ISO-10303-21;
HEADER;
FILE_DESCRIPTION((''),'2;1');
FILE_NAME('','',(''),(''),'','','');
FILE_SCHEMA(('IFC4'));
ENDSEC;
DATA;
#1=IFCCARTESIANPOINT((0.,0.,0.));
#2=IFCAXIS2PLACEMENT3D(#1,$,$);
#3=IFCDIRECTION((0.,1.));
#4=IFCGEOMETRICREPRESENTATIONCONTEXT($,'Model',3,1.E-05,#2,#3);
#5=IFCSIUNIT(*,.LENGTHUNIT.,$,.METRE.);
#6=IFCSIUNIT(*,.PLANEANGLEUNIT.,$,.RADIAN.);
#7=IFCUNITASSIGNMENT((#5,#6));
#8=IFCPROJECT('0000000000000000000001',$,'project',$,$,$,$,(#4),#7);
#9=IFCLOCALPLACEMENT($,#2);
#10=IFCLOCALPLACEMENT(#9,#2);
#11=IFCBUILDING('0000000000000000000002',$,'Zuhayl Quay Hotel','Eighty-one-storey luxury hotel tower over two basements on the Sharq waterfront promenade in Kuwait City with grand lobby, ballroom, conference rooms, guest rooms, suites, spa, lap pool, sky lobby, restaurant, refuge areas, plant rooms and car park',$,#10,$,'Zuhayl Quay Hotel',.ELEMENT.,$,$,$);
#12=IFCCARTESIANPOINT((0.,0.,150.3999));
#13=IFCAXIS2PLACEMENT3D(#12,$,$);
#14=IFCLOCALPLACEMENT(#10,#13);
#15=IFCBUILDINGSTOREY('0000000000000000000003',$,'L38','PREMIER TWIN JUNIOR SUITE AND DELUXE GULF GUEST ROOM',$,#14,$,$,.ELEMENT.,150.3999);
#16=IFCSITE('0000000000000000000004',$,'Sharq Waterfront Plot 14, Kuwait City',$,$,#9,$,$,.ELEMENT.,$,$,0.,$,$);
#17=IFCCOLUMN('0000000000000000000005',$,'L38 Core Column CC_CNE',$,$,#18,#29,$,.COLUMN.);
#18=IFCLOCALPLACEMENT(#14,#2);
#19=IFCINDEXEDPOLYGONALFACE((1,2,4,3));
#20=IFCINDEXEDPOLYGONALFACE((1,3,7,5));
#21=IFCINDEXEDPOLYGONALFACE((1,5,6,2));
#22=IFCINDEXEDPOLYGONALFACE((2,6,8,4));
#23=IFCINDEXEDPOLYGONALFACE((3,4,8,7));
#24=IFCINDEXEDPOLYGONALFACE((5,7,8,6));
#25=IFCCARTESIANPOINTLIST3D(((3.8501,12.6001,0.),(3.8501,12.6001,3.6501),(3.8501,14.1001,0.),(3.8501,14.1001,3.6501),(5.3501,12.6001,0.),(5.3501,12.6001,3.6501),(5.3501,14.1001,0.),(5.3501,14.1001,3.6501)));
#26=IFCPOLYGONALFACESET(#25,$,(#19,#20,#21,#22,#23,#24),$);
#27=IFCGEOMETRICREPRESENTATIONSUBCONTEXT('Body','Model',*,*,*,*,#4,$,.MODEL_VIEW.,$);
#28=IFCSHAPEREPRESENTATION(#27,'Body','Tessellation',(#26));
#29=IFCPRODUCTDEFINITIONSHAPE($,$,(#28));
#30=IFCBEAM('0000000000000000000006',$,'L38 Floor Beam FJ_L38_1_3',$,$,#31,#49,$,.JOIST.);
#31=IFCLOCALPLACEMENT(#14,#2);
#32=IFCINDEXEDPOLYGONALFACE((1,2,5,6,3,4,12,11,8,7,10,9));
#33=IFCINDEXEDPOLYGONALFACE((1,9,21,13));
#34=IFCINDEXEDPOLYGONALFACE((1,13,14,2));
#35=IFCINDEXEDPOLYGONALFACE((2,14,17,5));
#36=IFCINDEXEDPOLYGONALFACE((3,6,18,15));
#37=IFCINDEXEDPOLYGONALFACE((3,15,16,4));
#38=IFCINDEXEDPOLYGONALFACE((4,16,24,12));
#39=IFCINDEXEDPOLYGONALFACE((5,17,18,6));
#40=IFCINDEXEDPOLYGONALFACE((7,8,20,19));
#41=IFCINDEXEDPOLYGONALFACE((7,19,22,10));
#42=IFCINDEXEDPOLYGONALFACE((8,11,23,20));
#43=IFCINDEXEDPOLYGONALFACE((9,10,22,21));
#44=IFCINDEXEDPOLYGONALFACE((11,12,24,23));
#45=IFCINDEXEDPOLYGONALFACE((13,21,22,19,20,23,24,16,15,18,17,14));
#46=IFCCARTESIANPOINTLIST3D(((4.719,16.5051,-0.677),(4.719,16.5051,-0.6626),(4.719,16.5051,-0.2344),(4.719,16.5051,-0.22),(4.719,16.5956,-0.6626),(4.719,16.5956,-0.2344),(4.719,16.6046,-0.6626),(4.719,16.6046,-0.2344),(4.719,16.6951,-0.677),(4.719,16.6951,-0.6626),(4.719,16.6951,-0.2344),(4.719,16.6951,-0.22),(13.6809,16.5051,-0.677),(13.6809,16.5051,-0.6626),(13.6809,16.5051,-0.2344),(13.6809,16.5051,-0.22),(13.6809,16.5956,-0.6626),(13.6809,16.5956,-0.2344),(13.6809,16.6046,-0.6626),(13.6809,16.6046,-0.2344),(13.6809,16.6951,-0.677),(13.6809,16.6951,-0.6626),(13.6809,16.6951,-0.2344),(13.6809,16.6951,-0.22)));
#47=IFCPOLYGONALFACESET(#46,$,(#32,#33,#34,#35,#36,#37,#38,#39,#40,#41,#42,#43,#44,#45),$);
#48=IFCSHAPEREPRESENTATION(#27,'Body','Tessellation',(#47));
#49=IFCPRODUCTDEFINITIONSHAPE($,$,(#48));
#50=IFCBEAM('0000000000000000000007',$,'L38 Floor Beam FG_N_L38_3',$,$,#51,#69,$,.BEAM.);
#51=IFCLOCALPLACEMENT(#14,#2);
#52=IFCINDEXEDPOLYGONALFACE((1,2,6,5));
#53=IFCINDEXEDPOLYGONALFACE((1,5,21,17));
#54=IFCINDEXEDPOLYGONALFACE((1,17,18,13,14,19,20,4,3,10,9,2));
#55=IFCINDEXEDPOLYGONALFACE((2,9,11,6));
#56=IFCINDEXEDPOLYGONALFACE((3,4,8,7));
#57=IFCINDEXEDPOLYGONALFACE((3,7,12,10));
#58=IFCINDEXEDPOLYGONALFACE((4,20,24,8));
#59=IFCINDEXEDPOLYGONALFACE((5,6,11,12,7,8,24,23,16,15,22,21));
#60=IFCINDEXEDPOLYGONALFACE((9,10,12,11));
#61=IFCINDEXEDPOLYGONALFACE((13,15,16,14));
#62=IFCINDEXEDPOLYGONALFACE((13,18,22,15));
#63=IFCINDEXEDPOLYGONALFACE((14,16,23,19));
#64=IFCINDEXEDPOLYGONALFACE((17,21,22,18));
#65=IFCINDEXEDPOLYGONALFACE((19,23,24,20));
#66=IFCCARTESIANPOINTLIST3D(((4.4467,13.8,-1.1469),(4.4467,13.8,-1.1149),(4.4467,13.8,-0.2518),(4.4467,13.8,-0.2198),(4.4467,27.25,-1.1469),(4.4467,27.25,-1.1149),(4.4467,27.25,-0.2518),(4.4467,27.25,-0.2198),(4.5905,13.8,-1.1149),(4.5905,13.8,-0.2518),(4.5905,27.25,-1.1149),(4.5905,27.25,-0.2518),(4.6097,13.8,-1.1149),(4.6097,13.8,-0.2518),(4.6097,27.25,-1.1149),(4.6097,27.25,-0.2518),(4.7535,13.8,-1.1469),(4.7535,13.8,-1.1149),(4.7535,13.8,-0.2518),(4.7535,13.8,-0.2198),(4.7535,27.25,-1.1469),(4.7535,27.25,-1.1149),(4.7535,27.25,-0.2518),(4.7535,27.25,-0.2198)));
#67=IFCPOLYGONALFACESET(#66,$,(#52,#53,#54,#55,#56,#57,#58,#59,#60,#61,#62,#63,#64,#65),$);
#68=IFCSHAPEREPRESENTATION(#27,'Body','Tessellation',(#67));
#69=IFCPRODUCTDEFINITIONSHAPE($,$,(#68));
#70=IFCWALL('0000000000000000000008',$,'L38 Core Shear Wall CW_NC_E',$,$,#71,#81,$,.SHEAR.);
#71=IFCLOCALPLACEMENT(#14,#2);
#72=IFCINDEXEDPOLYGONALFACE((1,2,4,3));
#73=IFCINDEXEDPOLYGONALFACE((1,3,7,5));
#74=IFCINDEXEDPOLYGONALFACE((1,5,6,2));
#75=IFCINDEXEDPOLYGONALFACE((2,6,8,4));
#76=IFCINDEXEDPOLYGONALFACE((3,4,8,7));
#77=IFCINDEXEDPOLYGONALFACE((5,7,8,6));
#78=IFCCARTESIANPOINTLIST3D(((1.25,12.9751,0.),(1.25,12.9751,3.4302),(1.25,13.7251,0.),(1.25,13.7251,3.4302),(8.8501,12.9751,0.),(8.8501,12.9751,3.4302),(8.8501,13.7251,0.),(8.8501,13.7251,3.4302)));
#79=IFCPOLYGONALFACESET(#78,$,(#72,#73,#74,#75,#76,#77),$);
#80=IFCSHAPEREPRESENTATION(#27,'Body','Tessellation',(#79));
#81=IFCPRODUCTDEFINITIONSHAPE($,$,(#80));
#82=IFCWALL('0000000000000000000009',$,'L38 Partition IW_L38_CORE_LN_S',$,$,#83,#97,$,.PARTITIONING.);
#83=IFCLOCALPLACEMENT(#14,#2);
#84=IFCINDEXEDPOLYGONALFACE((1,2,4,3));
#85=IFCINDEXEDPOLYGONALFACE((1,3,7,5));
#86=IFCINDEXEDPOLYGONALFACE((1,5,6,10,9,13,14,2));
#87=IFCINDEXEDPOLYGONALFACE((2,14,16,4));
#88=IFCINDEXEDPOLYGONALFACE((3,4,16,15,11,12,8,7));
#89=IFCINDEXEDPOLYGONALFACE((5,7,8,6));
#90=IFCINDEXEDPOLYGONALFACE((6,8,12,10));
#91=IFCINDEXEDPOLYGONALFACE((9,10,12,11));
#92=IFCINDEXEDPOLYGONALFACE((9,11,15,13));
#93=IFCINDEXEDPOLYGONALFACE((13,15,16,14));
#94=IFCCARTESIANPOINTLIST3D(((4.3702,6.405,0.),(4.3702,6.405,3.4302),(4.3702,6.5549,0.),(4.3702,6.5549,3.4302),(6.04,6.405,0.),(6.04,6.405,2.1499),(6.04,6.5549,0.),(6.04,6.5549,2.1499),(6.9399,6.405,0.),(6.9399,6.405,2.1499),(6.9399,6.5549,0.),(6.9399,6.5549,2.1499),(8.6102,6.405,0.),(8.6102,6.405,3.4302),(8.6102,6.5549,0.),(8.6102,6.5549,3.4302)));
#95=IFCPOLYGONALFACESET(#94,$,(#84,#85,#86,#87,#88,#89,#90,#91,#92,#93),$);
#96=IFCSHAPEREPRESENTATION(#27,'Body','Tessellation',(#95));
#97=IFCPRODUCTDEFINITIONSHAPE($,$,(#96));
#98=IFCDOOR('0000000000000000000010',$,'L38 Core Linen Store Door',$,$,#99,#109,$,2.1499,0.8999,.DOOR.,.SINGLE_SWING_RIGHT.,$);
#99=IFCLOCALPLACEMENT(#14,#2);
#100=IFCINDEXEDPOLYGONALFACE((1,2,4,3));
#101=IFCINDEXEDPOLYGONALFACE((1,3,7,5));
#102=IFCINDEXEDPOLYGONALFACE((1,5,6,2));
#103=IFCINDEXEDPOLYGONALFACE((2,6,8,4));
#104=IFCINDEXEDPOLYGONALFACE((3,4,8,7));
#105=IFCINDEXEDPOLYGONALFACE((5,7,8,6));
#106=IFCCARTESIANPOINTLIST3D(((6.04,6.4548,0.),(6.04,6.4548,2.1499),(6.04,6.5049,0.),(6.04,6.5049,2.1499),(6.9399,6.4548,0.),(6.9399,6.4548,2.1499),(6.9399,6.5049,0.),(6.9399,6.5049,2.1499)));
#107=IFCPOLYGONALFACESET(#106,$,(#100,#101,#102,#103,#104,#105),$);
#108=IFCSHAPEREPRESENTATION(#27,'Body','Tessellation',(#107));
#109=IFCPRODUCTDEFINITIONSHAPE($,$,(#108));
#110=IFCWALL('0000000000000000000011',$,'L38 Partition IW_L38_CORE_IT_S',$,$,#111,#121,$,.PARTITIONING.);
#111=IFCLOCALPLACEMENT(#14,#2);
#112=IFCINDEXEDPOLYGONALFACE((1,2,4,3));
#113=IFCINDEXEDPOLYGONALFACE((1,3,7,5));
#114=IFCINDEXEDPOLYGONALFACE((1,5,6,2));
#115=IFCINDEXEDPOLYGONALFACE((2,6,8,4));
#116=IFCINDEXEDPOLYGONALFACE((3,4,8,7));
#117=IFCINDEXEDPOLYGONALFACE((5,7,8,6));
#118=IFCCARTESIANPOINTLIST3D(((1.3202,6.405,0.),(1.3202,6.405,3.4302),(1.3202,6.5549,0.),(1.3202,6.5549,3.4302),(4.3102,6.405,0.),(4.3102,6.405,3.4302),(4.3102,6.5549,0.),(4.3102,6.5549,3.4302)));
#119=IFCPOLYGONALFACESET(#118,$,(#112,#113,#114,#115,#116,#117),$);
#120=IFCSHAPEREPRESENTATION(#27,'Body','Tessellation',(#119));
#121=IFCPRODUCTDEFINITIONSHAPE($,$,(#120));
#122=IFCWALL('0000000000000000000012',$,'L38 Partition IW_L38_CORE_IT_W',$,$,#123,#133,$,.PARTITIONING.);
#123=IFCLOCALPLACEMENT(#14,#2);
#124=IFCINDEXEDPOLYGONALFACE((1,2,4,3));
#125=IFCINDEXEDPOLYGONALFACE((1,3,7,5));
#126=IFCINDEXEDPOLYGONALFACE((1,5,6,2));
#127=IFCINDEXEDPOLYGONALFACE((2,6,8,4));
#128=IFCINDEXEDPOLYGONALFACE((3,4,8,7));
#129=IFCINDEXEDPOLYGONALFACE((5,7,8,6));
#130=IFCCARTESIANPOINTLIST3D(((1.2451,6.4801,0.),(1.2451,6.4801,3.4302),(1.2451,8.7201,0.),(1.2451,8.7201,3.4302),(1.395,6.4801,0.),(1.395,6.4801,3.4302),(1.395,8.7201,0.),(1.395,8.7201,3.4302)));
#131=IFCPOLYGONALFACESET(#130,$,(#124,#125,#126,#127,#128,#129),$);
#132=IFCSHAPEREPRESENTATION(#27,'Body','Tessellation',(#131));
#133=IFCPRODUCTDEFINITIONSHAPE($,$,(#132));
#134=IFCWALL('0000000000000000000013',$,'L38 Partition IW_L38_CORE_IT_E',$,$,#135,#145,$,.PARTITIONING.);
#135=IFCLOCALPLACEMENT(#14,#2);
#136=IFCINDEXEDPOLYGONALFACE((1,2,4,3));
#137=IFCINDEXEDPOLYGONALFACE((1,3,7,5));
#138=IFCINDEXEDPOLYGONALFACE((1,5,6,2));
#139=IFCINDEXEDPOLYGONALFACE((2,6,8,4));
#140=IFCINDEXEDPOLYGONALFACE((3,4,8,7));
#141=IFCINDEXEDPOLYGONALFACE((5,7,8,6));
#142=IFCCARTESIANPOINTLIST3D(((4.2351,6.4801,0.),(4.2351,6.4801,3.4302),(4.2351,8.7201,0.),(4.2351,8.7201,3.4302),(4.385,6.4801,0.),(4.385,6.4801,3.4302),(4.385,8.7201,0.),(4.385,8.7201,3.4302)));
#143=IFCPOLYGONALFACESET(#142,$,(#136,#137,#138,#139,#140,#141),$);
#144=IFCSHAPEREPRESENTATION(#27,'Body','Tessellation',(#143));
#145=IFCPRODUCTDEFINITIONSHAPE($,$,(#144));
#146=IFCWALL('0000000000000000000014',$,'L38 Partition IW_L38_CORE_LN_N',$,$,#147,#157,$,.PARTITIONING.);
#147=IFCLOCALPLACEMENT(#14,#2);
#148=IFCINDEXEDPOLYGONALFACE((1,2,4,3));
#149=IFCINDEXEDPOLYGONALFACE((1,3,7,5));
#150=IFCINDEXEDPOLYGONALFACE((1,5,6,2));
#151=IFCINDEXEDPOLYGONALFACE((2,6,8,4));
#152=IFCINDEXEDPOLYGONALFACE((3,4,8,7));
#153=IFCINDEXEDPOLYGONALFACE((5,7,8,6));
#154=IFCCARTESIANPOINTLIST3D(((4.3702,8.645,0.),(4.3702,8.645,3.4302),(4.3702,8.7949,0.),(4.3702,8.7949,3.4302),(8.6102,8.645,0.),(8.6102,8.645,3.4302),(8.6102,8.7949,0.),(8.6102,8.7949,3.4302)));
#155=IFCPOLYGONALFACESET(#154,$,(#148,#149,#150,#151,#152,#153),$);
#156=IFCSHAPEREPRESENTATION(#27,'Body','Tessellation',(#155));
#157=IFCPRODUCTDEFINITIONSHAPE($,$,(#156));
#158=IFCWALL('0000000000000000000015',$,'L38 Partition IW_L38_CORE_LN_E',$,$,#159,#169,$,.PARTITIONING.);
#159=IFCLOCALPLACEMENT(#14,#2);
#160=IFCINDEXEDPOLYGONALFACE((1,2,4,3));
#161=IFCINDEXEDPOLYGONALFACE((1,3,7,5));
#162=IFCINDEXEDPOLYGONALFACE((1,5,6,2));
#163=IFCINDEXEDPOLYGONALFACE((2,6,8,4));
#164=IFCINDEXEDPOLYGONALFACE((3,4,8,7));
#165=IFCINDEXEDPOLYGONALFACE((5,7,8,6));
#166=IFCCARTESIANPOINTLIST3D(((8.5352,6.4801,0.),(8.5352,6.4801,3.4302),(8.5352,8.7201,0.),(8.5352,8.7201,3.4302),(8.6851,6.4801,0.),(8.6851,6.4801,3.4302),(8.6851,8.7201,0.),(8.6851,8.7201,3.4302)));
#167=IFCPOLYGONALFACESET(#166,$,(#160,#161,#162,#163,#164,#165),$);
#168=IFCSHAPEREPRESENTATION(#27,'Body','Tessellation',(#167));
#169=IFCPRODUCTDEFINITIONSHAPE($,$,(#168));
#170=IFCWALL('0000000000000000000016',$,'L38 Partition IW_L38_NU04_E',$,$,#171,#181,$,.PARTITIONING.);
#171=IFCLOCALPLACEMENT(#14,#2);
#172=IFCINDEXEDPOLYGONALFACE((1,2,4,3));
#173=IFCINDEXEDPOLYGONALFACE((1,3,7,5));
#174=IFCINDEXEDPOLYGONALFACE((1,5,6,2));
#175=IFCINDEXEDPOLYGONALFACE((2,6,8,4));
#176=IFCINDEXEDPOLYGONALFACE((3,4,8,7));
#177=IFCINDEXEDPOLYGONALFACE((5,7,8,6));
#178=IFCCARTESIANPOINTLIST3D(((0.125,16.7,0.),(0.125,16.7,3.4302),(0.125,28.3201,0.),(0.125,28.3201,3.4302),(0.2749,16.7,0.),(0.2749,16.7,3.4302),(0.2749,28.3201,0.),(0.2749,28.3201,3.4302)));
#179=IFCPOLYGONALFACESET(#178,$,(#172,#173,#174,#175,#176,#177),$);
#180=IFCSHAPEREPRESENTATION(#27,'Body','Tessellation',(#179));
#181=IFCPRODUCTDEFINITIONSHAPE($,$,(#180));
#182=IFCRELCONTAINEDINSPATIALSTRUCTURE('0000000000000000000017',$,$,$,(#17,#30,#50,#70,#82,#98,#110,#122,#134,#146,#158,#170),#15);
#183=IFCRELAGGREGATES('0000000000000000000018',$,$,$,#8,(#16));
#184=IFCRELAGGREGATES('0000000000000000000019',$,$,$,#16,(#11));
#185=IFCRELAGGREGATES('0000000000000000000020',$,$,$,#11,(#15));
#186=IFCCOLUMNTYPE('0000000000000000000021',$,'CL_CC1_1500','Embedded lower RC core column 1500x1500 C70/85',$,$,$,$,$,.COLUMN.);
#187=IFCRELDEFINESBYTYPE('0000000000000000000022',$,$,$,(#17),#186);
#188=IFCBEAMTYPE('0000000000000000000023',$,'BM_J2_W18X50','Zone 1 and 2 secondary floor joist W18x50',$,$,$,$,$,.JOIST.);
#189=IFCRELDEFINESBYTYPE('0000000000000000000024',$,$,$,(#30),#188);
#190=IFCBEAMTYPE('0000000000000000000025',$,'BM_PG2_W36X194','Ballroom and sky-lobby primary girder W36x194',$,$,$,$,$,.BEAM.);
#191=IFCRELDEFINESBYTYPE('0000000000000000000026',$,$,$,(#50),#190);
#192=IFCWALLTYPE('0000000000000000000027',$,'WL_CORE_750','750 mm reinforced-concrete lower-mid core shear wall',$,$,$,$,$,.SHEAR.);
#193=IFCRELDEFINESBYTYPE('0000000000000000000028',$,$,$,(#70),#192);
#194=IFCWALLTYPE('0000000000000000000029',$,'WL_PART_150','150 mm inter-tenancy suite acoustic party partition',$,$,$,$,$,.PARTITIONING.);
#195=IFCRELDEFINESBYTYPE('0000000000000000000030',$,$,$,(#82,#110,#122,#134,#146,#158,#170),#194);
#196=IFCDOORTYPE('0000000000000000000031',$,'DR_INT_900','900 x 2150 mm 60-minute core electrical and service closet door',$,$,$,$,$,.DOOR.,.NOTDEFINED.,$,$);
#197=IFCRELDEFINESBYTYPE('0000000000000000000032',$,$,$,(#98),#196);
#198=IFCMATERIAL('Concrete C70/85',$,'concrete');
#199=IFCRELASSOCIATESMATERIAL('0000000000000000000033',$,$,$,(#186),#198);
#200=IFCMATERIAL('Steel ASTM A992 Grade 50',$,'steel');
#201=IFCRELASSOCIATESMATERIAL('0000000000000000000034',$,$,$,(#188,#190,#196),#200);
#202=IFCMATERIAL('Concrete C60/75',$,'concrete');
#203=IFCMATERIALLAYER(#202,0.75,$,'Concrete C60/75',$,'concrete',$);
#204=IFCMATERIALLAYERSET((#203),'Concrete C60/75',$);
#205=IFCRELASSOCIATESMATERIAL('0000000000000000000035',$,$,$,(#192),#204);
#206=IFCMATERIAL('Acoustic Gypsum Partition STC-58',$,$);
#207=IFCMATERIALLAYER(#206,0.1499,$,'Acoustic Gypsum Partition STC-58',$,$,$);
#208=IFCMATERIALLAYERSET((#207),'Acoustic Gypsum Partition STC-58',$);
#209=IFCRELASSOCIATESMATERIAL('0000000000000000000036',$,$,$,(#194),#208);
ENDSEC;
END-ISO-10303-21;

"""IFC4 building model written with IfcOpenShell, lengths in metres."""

from ifc_helpers import new_model, si_unit, direction, frame, frame_2d, origin, origin_2d, place, context, subcontext, project, spatial, rectangle, i_section, extrude, material, layer, layer_set, material_profile, profile_set, type_object, element, fill, save


model = new_model("IFC4")

# Units and contexts
model_context = context("Model", 3, precision=1e-05, world=origin(), true_north=direction((0.0, 1.0)))
body_context = subcontext(model_context, "Body", "Model", "MODEL_VIEW")
ifc_project = project(units=[si_unit("LENGTHUNIT", "METRE"), si_unit("PLANEANGLEUNIT", "RADIAN")], contexts=[model_context])

# Site, building, storey
site_placement = place(None, origin())
site = spatial("IfcSite", under=ifc_project, at=site_placement, Name="Sharq Waterfront Plot 14, Kuwait City", CompositionType="ELEMENT", RefElevation=0.0)
building_placement = place(site_placement, origin())
building = spatial("IfcBuilding", under=site, at=building_placement, Name="Zuhayl Quay Hotel", Description="Eighty-one-storey luxury hotel tower over two basements on the Sharq waterfront promenade in Kuwait City with grand lobby, ballroom, conference rooms, guest rooms, suites, spa, lap pool, sky lobby, restaurant, refuge areas, plant rooms and car park", LongName="Zuhayl Quay Hotel", CompositionType="ELEMENT")
storey_placement = place(building_placement, frame((0.0, 0.0, 150.3999)))
storey = spatial("IfcBuildingStorey", under=building, at=storey_placement, Name="L38", Description="PREMIER TWIN JUNIOR SUITE AND DELUXE GULF GUEST ROOM", CompositionType="ELEMENT", Elevation=150.3999)

# Column
ifc_material_1 = material(Name="Concrete C70/85", Category="concrete")
ifc_material_profile_1 = material_profile(ifc_material_1, rectangle(XDim=1.5, YDim=1.5, at=origin_2d()), Name="RC1500X1500")
ifc_profile_set_1 = profile_set([ifc_material_profile_1], Name="Concrete C70/85")
column_type = type_object("IfcColumnType", Name="CL_CC1_1500", Description="Embedded lower RC core column 1500x1500 C70/85", PredefinedType="COLUMN", material=ifc_profile_set_1)
column_placement = place(storey_placement, frame((4.6001, 13.3501, 0.0), z_axis=(0.0, 0.0, 1.0), x_axis=(1.0, 0.0, 0.0)))
element("IfcColumn", 1, at=column_placement, inside=storey, type_object=column_type, Name="L38 Core Column CC_CNE", PredefinedType="COLUMN", context=body_context, shape_type="SweptSolid", body=[
    extrude(rectangle(XDim=1.5, YDim=1.5, at=origin_2d()), origin(), (0.0, 0.0, 1.0), 3.6501),
])

# Beams
ifc_material_2 = material(Name="Steel ASTM A992 Grade 50", Category="steel")
ifc_material_profile_2 = material_profile(ifc_material_2, i_section(OverallWidth=0.1899, OverallDepth=0.457, WebThickness=0.009, FlangeThickness=0.0144, at=origin_2d()), Name="W18X50")
ifc_profile_set_2 = profile_set([ifc_material_profile_2], Name="Steel ASTM A992 Grade 50")
beam_type_1 = type_object("IfcBeamType", Name="BM_J2_W18X50", Description="Zone 1 and 2 secondary floor joist W18x50", PredefinedType="JOIST", material=ifc_profile_set_2)
beam_1_placement = place(storey_placement, frame((4.719, 16.6001, -0.4485), z_axis=(1.0, 0.0, 0.0), x_axis=(0.0, 1.0, 0.0)))
element("IfcBeam", 2, at=beam_1_placement, inside=storey, type_object=beam_type_1, Name="L38 Floor Beam FJ_L38_1_3", PredefinedType="JOIST", context=body_context, shape_type="SweptSolid", body=[
    extrude(i_section(OverallWidth=0.1899, OverallDepth=0.457, WebThickness=0.009, FlangeThickness=0.0144, at=origin_2d()), origin(), (0.0, 0.0, 1.0), 8.9619),
])
ifc_material_profile_3 = material_profile(ifc_material_2, i_section(OverallWidth=0.3069, OverallDepth=0.927, WebThickness=0.0193, FlangeThickness=0.032, at=origin_2d()), Name="W36X194")
ifc_profile_set_3 = profile_set([ifc_material_profile_3], Name="Steel ASTM A992 Grade 50")
beam_type_2 = type_object("IfcBeamType", Name="BM_PG2_W36X194", Description="Ballroom and sky-lobby primary girder W36x194", PredefinedType="BEAM", material=ifc_profile_set_3)
beam_2_placement = place(storey_placement, frame((4.6001, 13.8, -0.6833), z_axis=(0.0, 1.0, 0.0), x_axis=(-1.0, 0.0, 0.0)))
element("IfcBeam", 3, at=beam_2_placement, inside=storey, type_object=beam_type_2, Name="L38 Floor Beam FG_N_L38_3", PredefinedType="BEAM", context=body_context, shape_type="SweptSolid", body=[
    extrude(i_section(OverallWidth=0.3069, OverallDepth=0.927, WebThickness=0.0193, FlangeThickness=0.032, at=origin_2d()), origin(), (0.0, 0.0, 1.0), 13.45),
])

# Wall
ifc_material_3 = material(Name="Concrete C60/75", Category="concrete")
ifc_layer_1 = layer(ifc_material_3, 0.75, Name="Concrete C60/75", Category="concrete")
ifc_layer_set_1 = layer_set([ifc_layer_1], Name="Concrete C60/75")
wall_type_1 = type_object("IfcWallType", Name="WL_CORE_750", Description="750 mm reinforced-concrete lower-mid core shear wall", PredefinedType="SHEAR", material=ifc_layer_set_1)
wall_1_placement = place(storey_placement, frame((1.25, 13.3501, 0.0), z_axis=(0.0, 0.0, 1.0), x_axis=(1.0, 0.0, 0.0)))
element("IfcWall", 4, at=wall_1_placement, inside=storey, type_object=wall_type_1, Name="L38 Core Shear Wall CW_NC_E", PredefinedType="SHEAR", context=body_context, shape_type="SweptSolid", body=[
    extrude(rectangle(XDim=7.6001, YDim=0.75, at=frame_2d((3.8, 0.0))), origin(), (0.0, 0.0, 1.0), 3.4302),
])

# Wall, opening, door
ifc_material_4 = material(Name="Acoustic Gypsum Partition STC-58")
ifc_layer_2 = layer(ifc_material_4, 0.1499, Name="Acoustic Gypsum Partition STC-58")
ifc_layer_set_2 = layer_set([ifc_layer_2], Name="Acoustic Gypsum Partition STC-58")
wall_type_2 = type_object("IfcWallType", Name="WL_PART_150", Description="150 mm inter-tenancy suite acoustic party partition", PredefinedType="PARTITIONING", material=ifc_layer_set_2)
door_type_1 = type_object("IfcDoorType", Name="DR_INT_900", Description="900 x 2150 mm 60-minute core electrical and service closet door", OperationType="NOTDEFINED", PredefinedType="DOOR", material=ifc_material_2)
wall_2_placement = place(storey_placement, frame((4.3701, 6.48, 0.0), z_axis=(0.0, 0.0, 1.0), x_axis=(1.0, 0.0, 0.0)))
wall_2 = element("IfcWall", 5, at=wall_2_placement, inside=storey, type_object=wall_type_2, Name="L38 Partition IW_L38_CORE_LN_S", PredefinedType="PARTITIONING", context=body_context, shape_type="SweptSolid", body=[
    extrude(rectangle(XDim=4.24, YDim=0.1499, at=frame_2d((2.1201, 0.0))), origin(), (0.0, 0.0, 1.0), 3.4302),
])
opening_1_placement = place(wall_2_placement, frame((1.6699, 0.0, 0.0)))
opening_1 = element("IfcOpeningElement", 6, at=opening_1_placement, cuts=wall_2, PredefinedType="OPENING", context=body_context, shape_type="SweptSolid", body=[
    extrude(rectangle(XDim=0.8999, YDim=2.1499, at=frame_2d((0.45, 1.075))), frame((0.0, 0.085, 0.0), z_axis=(0.0, -1.0, 0.0), x_axis=(1.0, 0.0, 0.0)), (0.0, 0.0, 1.0), 0.1699),
])
door_1_placement = place(opening_1_placement, origin())
door_1 = element("IfcDoor", 7, at=door_1_placement, inside=storey, type_object=door_type_1, Name="L38 Core Linen Store Door", OperationType="SINGLE_SWING_RIGHT", OverallHeight=2.1499, OverallWidth=0.8999, PredefinedType="DOOR", context=body_context, shape_type="SweptSolid", body=[
    extrude(rectangle(XDim=0.8999, YDim=2.1499, at=frame_2d((0.45, 1.075))), frame((0.0, 0.0249, 0.0), z_axis=(0.0, -1.0, 0.0), x_axis=(1.0, 0.0, 0.0)), (0.0, 0.0, 1.0), 0.05),
])
fill(opening_1, door_1)

# Walls
wall_3_placement = place(storey_placement, frame((1.3201, 6.48, 0.0), z_axis=(0.0, 0.0, 1.0), x_axis=(1.0, 0.0, 0.0)))
element("IfcWall", 8, at=wall_3_placement, inside=storey, type_object=wall_type_2, Name="L38 Partition IW_L38_CORE_IT_S", PredefinedType="PARTITIONING", context=body_context, shape_type="SweptSolid", body=[
    extrude(rectangle(XDim=2.99, YDim=0.1499, at=frame_2d((1.4951, 0.0))), origin(), (0.0, 0.0, 1.0), 3.4302),
])
for number, where, z_axis, x_axis, name in (
    (9, (1.3201, 6.48, 0.0), (0.0, 0.0, 1.0), (0.0, 1.0, 0.0), "L38 Partition IW_L38_CORE_IT_W"),
    (10, (4.3101, 6.48, 0.0), (0.0, 0.0, 1.0), (0.0, 1.0, 0.0), "L38 Partition IW_L38_CORE_IT_E"),
):
    element("IfcWall", number, at=place(storey_placement, frame(where, z_axis=z_axis, x_axis=x_axis)), inside=storey, type_object=wall_type_2, Name=name, PredefinedType="PARTITIONING", context=body_context, shape_type="SweptSolid", body=[
        extrude(rectangle(XDim=2.24, YDim=0.1499, at=frame_2d((1.1201, 0.0))), origin(), (0.0, 0.0, 1.0), 3.4302),
    ])
wall_4_placement = place(storey_placement, frame((4.3701, 8.72, 0.0), z_axis=(0.0, 0.0, 1.0), x_axis=(1.0, 0.0, 0.0)))
element("IfcWall", 11, at=wall_4_placement, inside=storey, type_object=wall_type_2, Name="L38 Partition IW_L38_CORE_LN_N", PredefinedType="PARTITIONING", context=body_context, shape_type="SweptSolid", body=[
    extrude(rectangle(XDim=4.24, YDim=0.1499, at=frame_2d((2.1201, 0.0))), origin(), (0.0, 0.0, 1.0), 3.4302),
])
wall_5_placement = place(storey_placement, frame((8.6101, 6.48, 0.0), z_axis=(0.0, 0.0, 1.0), x_axis=(0.0, 1.0, 0.0)))
element("IfcWall", 12, at=wall_5_placement, inside=storey, type_object=wall_type_2, Name="L38 Partition IW_L38_CORE_LN_E", PredefinedType="PARTITIONING", context=body_context, shape_type="SweptSolid", body=[
    extrude(rectangle(XDim=2.24, YDim=0.1499, at=frame_2d((1.1201, 0.0))), origin(), (0.0, 0.0, 1.0), 3.4302),
])
for number, where, z_axis, x_axis, name in (
    (13, (0.2, 16.7, 0.0), (0.0, 0.0, 1.0), (0.0, 1.0, 0.0), "L38 Partition IW_L38_NU04_E"),
):
    element("IfcWall", number, at=place(storey_placement, frame(where, z_axis=z_axis, x_axis=x_axis)), inside=storey, type_object=wall_type_2, Name=name, PredefinedType="PARTITIONING", context=body_context, shape_type="SweptSolid", body=[
        extrude(rectangle(XDim=11.6201, YDim=0.1499, at=frame_2d((5.8101, 0.0))), origin(), (0.0, 0.0, 1.0), 3.4302),
    ])

save(model, "model.ifc")
